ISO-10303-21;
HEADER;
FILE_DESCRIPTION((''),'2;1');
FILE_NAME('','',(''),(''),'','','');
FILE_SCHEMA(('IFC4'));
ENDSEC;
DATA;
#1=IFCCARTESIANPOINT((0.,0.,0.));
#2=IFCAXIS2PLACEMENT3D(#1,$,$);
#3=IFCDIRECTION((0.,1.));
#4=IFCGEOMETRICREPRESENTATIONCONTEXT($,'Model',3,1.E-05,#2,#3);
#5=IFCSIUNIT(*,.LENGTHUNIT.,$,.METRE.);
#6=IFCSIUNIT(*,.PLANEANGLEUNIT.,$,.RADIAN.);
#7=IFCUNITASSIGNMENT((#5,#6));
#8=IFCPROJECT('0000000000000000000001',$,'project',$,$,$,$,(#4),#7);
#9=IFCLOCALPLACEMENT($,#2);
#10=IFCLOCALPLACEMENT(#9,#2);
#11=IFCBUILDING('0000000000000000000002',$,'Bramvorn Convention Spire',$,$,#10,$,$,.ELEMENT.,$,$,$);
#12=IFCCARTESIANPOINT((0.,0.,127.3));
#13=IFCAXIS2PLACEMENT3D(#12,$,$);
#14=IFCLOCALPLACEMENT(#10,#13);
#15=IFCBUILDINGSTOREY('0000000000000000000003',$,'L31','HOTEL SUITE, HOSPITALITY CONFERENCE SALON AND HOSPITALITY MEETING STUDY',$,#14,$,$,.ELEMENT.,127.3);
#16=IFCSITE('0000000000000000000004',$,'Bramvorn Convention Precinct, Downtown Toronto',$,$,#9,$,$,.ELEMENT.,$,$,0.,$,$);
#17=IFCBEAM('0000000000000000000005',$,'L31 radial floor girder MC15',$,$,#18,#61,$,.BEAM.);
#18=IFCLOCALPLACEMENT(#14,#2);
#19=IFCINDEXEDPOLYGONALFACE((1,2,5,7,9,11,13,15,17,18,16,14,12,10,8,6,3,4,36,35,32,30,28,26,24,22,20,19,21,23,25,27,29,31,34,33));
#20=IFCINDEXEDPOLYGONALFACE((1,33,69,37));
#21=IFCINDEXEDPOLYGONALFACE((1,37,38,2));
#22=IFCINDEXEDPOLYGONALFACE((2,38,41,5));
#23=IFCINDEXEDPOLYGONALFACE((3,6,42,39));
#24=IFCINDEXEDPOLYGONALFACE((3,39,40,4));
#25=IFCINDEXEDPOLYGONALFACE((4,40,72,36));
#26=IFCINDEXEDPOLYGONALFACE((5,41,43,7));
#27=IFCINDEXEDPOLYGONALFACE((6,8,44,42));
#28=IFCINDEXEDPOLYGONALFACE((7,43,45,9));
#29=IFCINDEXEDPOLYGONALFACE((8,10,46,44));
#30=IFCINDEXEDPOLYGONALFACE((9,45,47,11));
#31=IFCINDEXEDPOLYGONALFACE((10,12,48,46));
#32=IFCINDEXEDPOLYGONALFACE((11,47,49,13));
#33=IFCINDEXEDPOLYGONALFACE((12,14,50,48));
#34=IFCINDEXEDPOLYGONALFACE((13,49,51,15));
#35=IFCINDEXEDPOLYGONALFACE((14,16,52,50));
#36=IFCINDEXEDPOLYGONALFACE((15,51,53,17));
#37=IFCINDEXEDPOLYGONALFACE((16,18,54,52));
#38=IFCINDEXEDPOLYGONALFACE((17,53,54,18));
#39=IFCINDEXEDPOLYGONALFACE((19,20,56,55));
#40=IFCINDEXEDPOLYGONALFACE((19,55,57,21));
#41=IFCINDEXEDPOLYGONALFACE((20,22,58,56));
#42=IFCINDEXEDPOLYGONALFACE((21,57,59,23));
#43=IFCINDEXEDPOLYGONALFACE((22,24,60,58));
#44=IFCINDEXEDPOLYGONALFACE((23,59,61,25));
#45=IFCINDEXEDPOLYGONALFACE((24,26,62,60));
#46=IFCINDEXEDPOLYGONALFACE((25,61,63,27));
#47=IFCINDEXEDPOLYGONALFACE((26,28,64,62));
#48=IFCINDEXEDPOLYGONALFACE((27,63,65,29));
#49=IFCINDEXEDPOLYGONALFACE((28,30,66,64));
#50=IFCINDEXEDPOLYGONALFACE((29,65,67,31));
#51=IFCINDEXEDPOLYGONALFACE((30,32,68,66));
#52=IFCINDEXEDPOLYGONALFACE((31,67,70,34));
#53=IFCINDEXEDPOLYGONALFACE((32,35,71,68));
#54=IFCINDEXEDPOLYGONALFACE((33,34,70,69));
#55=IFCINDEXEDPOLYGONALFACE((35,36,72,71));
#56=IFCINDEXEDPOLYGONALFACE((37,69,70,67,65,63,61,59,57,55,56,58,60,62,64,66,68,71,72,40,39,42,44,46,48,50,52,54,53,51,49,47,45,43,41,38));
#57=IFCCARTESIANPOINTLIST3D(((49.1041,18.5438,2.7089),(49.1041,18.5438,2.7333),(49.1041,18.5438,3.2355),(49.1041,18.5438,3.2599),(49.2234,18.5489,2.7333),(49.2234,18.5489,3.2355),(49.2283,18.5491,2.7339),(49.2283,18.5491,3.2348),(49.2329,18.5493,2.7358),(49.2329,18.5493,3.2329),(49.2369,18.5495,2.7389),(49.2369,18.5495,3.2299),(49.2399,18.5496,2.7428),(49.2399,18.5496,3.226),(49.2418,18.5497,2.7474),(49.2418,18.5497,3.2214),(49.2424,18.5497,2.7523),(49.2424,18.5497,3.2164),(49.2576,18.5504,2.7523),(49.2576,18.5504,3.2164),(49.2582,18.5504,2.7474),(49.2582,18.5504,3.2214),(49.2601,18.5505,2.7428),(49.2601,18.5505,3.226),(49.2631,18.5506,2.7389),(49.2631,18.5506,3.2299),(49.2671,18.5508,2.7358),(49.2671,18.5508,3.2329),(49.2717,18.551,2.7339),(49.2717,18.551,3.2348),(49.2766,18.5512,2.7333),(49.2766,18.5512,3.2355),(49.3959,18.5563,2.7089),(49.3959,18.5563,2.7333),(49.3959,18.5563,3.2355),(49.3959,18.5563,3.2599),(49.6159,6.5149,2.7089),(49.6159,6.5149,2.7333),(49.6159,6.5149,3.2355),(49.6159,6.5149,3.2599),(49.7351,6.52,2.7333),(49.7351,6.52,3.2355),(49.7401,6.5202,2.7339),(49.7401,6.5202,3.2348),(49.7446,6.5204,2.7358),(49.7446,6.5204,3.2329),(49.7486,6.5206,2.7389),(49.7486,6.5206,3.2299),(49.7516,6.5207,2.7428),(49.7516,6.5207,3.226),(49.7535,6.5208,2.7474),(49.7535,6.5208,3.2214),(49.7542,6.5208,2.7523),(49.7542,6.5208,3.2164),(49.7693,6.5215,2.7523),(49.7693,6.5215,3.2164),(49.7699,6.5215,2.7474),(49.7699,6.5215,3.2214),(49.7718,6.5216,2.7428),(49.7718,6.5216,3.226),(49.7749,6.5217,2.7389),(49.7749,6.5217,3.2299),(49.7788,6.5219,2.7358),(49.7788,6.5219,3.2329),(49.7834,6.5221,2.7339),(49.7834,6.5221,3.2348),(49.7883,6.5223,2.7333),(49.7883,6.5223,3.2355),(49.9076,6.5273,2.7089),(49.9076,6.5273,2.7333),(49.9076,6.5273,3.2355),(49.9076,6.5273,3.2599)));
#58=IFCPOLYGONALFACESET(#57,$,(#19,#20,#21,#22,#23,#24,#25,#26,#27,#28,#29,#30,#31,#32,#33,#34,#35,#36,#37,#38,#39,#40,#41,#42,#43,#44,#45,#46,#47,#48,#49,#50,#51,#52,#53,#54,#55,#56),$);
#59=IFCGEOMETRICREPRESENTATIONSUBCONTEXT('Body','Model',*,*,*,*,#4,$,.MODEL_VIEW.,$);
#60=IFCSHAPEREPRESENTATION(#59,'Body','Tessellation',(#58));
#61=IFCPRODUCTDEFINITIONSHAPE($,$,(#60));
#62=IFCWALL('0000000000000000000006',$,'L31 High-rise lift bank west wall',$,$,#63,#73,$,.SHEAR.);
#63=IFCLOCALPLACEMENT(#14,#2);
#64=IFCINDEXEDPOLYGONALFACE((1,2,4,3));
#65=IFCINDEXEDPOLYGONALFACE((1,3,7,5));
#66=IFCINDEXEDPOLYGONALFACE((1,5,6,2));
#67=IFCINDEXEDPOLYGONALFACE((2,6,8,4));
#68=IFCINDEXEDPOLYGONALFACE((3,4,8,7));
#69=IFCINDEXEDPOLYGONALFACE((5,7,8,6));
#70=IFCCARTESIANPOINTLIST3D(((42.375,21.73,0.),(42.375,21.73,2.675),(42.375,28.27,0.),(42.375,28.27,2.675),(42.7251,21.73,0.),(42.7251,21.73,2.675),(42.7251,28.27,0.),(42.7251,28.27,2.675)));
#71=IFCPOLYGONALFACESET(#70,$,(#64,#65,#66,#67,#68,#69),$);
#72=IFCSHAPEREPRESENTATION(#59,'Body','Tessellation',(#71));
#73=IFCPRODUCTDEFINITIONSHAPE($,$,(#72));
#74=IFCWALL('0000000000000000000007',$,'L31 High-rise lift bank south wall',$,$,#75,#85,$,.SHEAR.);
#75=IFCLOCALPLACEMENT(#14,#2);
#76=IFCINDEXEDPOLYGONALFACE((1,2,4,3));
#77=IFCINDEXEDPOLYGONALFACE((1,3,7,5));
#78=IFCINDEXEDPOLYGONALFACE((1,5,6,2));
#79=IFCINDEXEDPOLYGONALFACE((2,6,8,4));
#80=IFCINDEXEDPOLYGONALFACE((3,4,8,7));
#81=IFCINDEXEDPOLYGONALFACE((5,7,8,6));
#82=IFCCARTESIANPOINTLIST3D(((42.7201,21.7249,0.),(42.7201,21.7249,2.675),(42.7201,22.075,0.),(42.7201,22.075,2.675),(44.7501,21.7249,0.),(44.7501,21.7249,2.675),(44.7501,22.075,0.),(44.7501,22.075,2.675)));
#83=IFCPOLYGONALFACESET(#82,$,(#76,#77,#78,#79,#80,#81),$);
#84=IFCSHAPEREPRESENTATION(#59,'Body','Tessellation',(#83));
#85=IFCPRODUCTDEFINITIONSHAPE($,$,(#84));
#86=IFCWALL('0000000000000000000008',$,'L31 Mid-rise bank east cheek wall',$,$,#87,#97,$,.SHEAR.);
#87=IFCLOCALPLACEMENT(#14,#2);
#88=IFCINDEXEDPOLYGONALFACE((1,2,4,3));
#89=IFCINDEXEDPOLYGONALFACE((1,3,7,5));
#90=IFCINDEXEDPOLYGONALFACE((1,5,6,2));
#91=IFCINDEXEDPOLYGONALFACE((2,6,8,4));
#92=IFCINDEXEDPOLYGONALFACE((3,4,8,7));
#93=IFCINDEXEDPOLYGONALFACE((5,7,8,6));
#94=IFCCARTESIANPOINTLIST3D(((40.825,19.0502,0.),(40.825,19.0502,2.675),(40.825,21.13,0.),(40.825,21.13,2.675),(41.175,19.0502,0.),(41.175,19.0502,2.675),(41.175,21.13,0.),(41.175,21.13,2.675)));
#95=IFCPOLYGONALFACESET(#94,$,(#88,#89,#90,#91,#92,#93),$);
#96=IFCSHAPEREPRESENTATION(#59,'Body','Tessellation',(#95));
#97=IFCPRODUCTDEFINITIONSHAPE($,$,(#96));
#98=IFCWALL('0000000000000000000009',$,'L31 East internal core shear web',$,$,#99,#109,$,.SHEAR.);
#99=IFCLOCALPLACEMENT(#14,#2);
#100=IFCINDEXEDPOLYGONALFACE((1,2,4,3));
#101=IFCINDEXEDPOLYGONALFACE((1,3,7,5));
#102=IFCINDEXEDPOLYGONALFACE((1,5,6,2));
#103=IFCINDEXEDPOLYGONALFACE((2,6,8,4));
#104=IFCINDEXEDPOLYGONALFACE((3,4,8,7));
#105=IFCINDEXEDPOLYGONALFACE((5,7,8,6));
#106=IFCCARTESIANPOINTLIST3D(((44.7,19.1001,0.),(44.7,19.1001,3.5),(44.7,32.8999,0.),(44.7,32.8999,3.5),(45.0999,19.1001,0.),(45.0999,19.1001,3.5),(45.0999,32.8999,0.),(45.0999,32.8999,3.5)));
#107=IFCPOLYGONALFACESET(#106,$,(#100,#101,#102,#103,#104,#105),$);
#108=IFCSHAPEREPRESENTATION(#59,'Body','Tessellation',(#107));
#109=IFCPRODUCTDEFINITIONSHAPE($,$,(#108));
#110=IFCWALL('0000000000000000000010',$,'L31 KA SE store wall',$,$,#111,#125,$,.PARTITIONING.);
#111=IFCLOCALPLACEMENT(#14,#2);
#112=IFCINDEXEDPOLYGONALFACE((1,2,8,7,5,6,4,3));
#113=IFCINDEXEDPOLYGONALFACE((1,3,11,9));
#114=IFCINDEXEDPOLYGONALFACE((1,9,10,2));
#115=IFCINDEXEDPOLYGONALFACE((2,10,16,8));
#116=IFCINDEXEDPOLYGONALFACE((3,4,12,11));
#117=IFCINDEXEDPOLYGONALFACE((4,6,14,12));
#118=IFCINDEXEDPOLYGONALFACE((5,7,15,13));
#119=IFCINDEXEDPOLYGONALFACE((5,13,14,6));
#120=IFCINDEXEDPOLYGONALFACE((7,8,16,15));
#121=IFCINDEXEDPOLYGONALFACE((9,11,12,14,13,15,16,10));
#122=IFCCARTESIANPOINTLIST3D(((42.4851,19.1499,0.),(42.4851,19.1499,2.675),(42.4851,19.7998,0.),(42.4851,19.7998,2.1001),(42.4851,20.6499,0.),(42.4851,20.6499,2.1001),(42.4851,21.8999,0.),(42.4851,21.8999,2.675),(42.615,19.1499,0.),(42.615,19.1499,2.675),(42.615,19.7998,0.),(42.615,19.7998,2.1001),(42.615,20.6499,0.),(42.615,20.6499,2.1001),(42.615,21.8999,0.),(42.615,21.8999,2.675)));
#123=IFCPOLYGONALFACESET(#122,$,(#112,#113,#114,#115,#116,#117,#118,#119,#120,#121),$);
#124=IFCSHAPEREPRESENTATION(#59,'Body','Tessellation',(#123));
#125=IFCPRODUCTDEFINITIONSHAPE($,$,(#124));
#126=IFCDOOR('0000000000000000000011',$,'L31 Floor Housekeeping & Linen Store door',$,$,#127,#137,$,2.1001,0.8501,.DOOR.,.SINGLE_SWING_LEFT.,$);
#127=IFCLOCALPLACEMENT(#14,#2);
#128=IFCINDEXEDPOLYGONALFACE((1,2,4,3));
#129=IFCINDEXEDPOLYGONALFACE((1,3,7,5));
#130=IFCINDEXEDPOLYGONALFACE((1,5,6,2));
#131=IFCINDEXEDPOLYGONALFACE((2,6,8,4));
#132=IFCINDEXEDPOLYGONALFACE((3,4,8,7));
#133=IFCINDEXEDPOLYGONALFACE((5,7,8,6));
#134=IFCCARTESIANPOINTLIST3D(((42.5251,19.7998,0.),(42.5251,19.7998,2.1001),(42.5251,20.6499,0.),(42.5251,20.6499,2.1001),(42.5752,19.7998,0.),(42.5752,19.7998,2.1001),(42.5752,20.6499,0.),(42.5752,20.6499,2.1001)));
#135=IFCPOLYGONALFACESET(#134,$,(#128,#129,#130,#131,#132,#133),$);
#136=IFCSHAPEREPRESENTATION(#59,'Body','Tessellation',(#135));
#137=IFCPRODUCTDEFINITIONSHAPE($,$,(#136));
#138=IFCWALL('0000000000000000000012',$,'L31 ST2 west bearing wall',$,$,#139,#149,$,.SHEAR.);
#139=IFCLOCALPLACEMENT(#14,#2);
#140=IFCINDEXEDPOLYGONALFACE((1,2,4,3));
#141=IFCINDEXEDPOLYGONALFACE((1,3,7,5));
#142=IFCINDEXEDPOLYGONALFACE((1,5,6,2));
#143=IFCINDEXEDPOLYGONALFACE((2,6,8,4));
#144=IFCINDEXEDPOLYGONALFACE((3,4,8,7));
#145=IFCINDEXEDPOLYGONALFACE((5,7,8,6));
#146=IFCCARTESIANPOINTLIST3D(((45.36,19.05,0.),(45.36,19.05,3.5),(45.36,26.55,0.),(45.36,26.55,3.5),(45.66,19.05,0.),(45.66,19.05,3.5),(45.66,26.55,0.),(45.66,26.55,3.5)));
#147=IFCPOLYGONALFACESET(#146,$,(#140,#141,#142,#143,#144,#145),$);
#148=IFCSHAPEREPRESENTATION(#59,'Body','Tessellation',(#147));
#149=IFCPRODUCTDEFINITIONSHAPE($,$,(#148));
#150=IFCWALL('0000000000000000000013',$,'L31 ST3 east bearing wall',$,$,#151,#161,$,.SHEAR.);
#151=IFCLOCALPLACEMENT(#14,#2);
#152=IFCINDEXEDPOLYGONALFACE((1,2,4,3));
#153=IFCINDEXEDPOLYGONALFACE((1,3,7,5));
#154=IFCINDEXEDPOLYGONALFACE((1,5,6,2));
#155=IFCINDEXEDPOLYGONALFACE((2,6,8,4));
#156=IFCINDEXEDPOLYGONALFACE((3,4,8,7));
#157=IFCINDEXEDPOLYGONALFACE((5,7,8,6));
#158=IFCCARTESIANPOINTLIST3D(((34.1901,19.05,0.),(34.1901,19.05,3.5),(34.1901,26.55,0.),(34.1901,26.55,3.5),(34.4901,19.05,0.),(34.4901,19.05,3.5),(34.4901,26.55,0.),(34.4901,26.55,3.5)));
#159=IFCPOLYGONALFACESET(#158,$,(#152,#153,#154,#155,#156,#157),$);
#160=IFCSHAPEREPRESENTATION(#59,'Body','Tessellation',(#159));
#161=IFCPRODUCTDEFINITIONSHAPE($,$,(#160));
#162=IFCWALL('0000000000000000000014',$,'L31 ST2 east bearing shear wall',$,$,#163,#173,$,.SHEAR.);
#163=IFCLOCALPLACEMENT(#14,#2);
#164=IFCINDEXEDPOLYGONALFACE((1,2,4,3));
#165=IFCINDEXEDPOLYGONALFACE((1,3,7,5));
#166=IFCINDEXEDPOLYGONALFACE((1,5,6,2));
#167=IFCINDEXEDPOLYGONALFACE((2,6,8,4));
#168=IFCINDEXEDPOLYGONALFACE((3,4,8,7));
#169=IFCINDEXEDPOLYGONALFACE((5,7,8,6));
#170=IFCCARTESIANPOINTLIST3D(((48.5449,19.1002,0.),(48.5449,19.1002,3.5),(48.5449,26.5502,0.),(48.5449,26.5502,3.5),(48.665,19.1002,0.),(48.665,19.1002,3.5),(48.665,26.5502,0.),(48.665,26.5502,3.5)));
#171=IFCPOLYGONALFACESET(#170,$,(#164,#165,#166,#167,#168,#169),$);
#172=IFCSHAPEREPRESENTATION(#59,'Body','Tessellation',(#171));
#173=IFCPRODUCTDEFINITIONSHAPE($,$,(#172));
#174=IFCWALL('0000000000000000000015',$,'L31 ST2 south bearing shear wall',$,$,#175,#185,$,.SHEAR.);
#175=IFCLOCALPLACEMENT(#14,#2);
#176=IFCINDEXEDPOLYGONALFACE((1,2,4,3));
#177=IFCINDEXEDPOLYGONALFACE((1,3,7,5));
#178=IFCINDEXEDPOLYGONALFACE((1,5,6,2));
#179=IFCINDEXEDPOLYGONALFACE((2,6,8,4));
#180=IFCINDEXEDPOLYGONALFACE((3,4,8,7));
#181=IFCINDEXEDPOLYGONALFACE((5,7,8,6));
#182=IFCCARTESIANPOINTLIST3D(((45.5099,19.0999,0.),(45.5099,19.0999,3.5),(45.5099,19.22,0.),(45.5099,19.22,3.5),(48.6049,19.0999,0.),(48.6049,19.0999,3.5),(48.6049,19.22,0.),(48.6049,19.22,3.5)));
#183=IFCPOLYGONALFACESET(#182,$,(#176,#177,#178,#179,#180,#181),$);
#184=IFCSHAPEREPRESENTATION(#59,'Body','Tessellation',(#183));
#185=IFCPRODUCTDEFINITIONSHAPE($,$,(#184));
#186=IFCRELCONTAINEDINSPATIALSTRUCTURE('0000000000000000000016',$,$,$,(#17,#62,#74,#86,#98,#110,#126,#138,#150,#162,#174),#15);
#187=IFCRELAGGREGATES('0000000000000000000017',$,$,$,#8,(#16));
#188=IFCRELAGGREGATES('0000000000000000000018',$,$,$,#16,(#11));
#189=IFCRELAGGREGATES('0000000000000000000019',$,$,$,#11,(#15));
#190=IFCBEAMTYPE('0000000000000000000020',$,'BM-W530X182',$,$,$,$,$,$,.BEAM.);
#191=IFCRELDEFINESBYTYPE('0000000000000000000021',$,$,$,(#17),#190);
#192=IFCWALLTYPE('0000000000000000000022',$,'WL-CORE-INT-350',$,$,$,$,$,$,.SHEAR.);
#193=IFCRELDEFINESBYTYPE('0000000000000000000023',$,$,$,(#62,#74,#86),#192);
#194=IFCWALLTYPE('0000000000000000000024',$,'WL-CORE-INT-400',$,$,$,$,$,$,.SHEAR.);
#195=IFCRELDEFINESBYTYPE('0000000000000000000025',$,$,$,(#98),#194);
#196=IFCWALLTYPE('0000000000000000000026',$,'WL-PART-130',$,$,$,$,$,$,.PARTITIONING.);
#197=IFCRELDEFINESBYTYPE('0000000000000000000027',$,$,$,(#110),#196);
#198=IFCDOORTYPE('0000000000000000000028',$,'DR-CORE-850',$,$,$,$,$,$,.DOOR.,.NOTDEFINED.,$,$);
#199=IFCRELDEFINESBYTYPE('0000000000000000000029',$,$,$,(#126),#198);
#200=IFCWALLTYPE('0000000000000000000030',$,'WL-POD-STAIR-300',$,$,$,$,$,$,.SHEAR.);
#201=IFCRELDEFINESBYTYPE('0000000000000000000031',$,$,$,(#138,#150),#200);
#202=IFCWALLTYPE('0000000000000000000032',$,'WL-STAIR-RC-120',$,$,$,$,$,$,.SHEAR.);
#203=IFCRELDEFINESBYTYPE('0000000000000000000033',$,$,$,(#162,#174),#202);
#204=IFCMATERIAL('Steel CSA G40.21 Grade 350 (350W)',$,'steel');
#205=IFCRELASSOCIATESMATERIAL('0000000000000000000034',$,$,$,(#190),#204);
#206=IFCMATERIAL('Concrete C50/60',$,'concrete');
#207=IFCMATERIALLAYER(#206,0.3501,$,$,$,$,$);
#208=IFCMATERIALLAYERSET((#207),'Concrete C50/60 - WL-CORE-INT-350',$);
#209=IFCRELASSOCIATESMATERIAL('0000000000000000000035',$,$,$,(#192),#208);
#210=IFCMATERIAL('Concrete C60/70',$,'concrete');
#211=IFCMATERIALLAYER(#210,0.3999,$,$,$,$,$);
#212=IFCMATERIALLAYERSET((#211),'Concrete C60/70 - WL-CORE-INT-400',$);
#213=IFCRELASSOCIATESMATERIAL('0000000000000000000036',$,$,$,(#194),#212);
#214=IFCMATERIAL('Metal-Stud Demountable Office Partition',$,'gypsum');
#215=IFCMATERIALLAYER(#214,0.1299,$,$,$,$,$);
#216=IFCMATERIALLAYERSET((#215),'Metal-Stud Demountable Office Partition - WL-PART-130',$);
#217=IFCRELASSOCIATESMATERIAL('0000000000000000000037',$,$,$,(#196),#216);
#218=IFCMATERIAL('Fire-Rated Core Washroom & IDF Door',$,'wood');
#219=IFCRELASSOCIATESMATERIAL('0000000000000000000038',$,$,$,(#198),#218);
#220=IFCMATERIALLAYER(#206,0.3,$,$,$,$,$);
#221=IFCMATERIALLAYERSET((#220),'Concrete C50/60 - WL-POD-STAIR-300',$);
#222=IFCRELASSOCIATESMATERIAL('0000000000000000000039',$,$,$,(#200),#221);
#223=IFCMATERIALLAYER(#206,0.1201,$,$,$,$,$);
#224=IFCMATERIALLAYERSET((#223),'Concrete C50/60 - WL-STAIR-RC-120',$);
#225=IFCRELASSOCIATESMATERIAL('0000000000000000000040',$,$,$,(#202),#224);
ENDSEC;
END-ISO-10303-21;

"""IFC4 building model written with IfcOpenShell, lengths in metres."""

from ifc_helpers import new_model, si_unit, direction, frame, frame_2d, origin, origin_2d, place, context, subcontext, project, spatial, rectangle, i_section, extrude, material, layer, layer_set, material_profile, profile_set, type_object, element, fill, save


model = new_model("IFC4")

# Units and contexts
model_context = context("Model", 3, precision=1e-05, world=origin(), true_north=direction((0.0, 1.0)))
body_context = subcontext(model_context, "Body", "Model", "MODEL_VIEW")
ifc_project = project(units=[si_unit("LENGTHUNIT", "METRE"), si_unit("PLANEANGLEUNIT", "RADIAN")], contexts=[model_context])

# Site, building, storey
site_placement = place(None, origin())
site = spatial("IfcSite", under=ifc_project, at=site_placement, Name="Bramvorn Convention Precinct, Downtown Toronto", CompositionType="ELEMENT", RefElevation=0.0)
building_placement = place(site_placement, origin())
building = spatial("IfcBuilding", under=site, at=building_placement, Name="Bramvorn Convention Spire", CompositionType="ELEMENT")
storey_placement = place(building_placement, frame((0.0, 0.0, 127.3)))
storey = spatial("IfcBuildingStorey", under=building, at=storey_placement, Name="L31", Description="HOTEL SUITE, HOSPITALITY CONFERENCE SALON AND HOSPITALITY MEETING STUDY", CompositionType="ELEMENT", Elevation=127.3)

# Beam
ifc_material_1 = material(Name="Steel CSA G40.21 Grade 350 (350W)", Category="steel")
ifc_material_profile_1 = material_profile(ifc_material_1, i_section(OverallWidth=0.292, OverallDepth=0.551, WebThickness=0.0151, FlangeThickness=0.0244, FilletRadius=0.019, at=origin_2d()))
ifc_profile_set_1 = profile_set([ifc_material_profile_1], Name="Steel CSA G40.21 Grade 350 (350W) - W530X182")
beam_type_1 = type_object("IfcBeamType", Name="BM-W530X182", PredefinedType="BEAM", material=ifc_profile_set_1)
beam_1_placement = place(storey_placement, frame((49.25, 18.55, 2.9844), z_axis=(0.042503, -0.999096, 0.0), x_axis=(0.999096, 0.042503, 0.0)))
element("IfcBeam", 1, at=beam_1_placement, inside=storey, type_object=beam_type_1, Name="L31 radial floor girder MC15", PredefinedType="BEAM", context=body_context, shape_type="SweptSolid", body=[
    extrude(i_section(OverallWidth=0.292, OverallDepth=0.551, WebThickness=0.0151, FlangeThickness=0.0244, FilletRadius=0.019, at=origin_2d()), origin(), (0.0, 0.0, 1.0), 12.0398),
])

# Shared definitions
ifc_material_2 = material(Name="Concrete C60/70", Category="concrete")

# Walls
ifc_material_3 = material(Name="Concrete C50/60", Category="concrete")
ifc_layer_1 = layer(ifc_material_3, 0.3501)
ifc_layer_set_1 = layer_set([ifc_layer_1], Name="Concrete C50/60 - WL-CORE-INT-350")
wall_type_1 = type_object("IfcWallType", Name="WL-CORE-INT-350", PredefinedType="SHEAR", material=ifc_layer_set_1)
wall_1_placement = place(storey_placement, frame((42.55, 21.73, 0.0), z_axis=(0.0, 0.0, 1.0), x_axis=(0.0, 1.0, 0.0)))
element("IfcWall", 2, at=wall_1_placement, inside=storey, type_object=wall_type_1, Name="L31 High-rise lift bank west wall", PredefinedType="SHEAR", context=body_context, shape_type="SweptSolid", body=[
    extrude(rectangle(XDim=6.54, YDim=0.3501, at=frame_2d((3.27, 0.0))), origin(), (0.0, 0.0, 1.0), 2.675),
])
wall_2_placement = place(storey_placement, frame((42.72, 21.8999, 0.0), z_axis=(0.0, 0.0, 1.0), x_axis=(1.0, 0.0, 0.0)))
element("IfcWall", 3, at=wall_2_placement, inside=storey, type_object=wall_type_1, Name="L31 High-rise lift bank south wall", PredefinedType="SHEAR", context=body_context, shape_type="SweptSolid", body=[
    extrude(rectangle(XDim=2.03, YDim=0.3501, at=frame_2d((1.0151, 0.0))), origin(), (0.0, 0.0, 1.0), 2.675),
])

# Walls
wall_3_placement = place(storey_placement, frame((41.0, 19.05, 0.0), z_axis=(0.0, 0.0, 1.0), x_axis=(0.0, 1.0, 0.0)))
element("IfcWall", 4, at=wall_3_placement, inside=storey, type_object=wall_type_1, Name="L31 Mid-rise bank east cheek wall", PredefinedType="SHEAR", context=body_context, shape_type="SweptSolid", body=[
    extrude(rectangle(XDim=2.0798, YDim=0.3501, at=frame_2d((1.04, 0.0))), origin(), (0.0, 0.0, 1.0), 2.675),
])
ifc_layer_2 = layer(ifc_material_2, 0.3999)
ifc_layer_set_2 = layer_set([ifc_layer_2], Name="Concrete C60/70 - WL-CORE-INT-400")
wall_type_2 = type_object("IfcWallType", Name="WL-CORE-INT-400", PredefinedType="SHEAR", material=ifc_layer_set_2)
wall_4_placement = place(storey_placement, frame((44.8999, 19.1001, 0.0), z_axis=(0.0, 0.0, 1.0), x_axis=(0.0, 1.0, 0.0)))
element("IfcWall", 5, at=wall_4_placement, inside=storey, type_object=wall_type_2, Name="L31 East internal core shear web", PredefinedType="SHEAR", context=body_context, shape_type="SweptSolid", body=[
    extrude(rectangle(XDim=13.7998, YDim=0.3999, at=frame_2d((6.8999, 0.0))), origin(), (0.0, 0.0, 1.0), 3.5),
])

# Wall, opening, door
ifc_material_4 = material(Name="Metal-Stud Demountable Office Partition", Category="gypsum")
ifc_layer_3 = layer(ifc_material_4, 0.1299)
ifc_layer_set_3 = layer_set([ifc_layer_3], Name="Metal-Stud Demountable Office Partition - WL-PART-130")
wall_type_3 = type_object("IfcWallType", Name="WL-PART-130", PredefinedType="PARTITIONING", material=ifc_layer_set_3)
wall_5_placement = place(storey_placement, frame((42.55, 19.1499, 0.0), z_axis=(0.0, 0.0, 1.0), x_axis=(0.0, 1.0, 0.0)))
wall_5 = element("IfcWall", 6, at=wall_5_placement, inside=storey, type_object=wall_type_3, Name="L31 KA SE store wall", PredefinedType="PARTITIONING", context=body_context, shape_type="SweptSolid", body=[
    extrude(rectangle(XDim=2.75, YDim=0.1299, at=frame_2d((1.375, 0.0))), origin(), (0.0, 0.0, 1.0), 2.675),
])
opening_1_placement = place(wall_5_placement, frame((0.6499, 0.0, 0.0)))
opening_1 = element("IfcOpeningElement", 7, at=opening_1_placement, cuts=wall_5, PredefinedType="OPENING", context=body_context, shape_type="SweptSolid", body=[
    extrude(rectangle(XDim=0.8501, YDim=2.1001, at=frame_2d((0.425, 1.05))), frame((0.0, 0.075, 0.0), z_axis=(0.0, -1.0, 0.0), x_axis=(1.0, 0.0, 0.0)), (0.0, 0.0, 1.0), 0.1499),
])
ifc_material_5 = material(Name="Fire-Rated Core Washroom & IDF Door", Category="wood")
door_type_1 = type_object("IfcDoorType", Name="DR-CORE-850", OperationType="NOTDEFINED", PredefinedType="DOOR", material=ifc_material_5)
door_1_placement = place(opening_1_placement, origin())
door_1 = element("IfcDoor", 8, at=door_1_placement, inside=storey, type_object=door_type_1, Name="L31 Floor Housekeeping & Linen Store door", OperationType="SINGLE_SWING_LEFT", OverallHeight=2.1001, OverallWidth=0.8501, PredefinedType="DOOR", context=body_context, shape_type="SweptSolid", body=[
    extrude(rectangle(XDim=0.8501, YDim=2.1001, at=frame_2d((0.425, 1.05))), frame((0.0, 0.0249, 0.0), z_axis=(0.0, -1.0, 0.0), x_axis=(1.0, 0.0, 0.0)), (0.0, 0.0, 1.0), 0.05),
])
fill(opening_1, door_1)

# Walls
ifc_layer_4 = layer(ifc_material_3, 0.3)
ifc_layer_set_4 = layer_set([ifc_layer_4], Name="Concrete C50/60 - WL-POD-STAIR-300")
wall_type_4 = type_object("IfcWallType", Name="WL-POD-STAIR-300", PredefinedType="SHEAR", material=ifc_layer_set_4)
for number, where, z_axis, x_axis, name in (
    (9, (45.51, 19.05, 0.0), (0.0, 0.0, 1.0), (0.0, 1.0, 0.0), "L31 ST2 west bearing wall"),
    (10, (34.3401, 19.05, 0.0), (0.0, 0.0, 1.0), (0.0, 1.0, 0.0), "L31 ST3 east bearing wall"),
):
    element("IfcWall", number, at=place(storey_placement, frame(where, z_axis=z_axis, x_axis=x_axis)), inside=storey, type_object=wall_type_4, Name=name, PredefinedType="SHEAR", context=body_context, shape_type="SweptSolid", body=[
        extrude(rectangle(XDim=7.5, YDim=0.3, at=frame_2d((3.75, 0.0))), origin(), (0.0, 0.0, 1.0), 3.5),
    ])
ifc_layer_5 = layer(ifc_material_3, 0.1201)
ifc_layer_set_5 = layer_set([ifc_layer_5], Name="Concrete C50/60 - WL-STAIR-RC-120")
wall_type_5 = type_object("IfcWallType", Name="WL-STAIR-RC-120", PredefinedType="SHEAR", material=ifc_layer_set_5)
wall_6_placement = place(storey_placement, frame((48.605, 19.1001, 0.0), z_axis=(0.0, 0.0, 1.0), x_axis=(0.0, 1.0, 0.0)))
element("IfcWall", 11, at=wall_6_placement, inside=storey, type_object=wall_type_5, Name="L31 ST2 east bearing shear wall", PredefinedType="SHEAR", context=body_context, shape_type="SweptSolid", body=[
    extrude(rectangle(XDim=7.45, YDim=0.1201, at=frame_2d((3.7251, 0.0))), origin(), (0.0, 0.0, 1.0), 3.5),
])
wall_7_placement = place(storey_placement, frame((45.51, 19.1599, 0.0), z_axis=(0.0, 0.0, 1.0), x_axis=(1.0, 0.0, 0.0)))
element("IfcWall", 12, at=wall_7_placement, inside=storey, type_object=wall_type_5, Name="L31 ST2 south bearing shear wall", PredefinedType="SHEAR", context=body_context, shape_type="SweptSolid", body=[
    extrude(rectangle(XDim=3.095, YDim=0.1201, at=frame_2d((1.5474, 0.0))), origin(), (0.0, 0.0, 1.0), 3.5),
])

save(model, "model.ifc")
